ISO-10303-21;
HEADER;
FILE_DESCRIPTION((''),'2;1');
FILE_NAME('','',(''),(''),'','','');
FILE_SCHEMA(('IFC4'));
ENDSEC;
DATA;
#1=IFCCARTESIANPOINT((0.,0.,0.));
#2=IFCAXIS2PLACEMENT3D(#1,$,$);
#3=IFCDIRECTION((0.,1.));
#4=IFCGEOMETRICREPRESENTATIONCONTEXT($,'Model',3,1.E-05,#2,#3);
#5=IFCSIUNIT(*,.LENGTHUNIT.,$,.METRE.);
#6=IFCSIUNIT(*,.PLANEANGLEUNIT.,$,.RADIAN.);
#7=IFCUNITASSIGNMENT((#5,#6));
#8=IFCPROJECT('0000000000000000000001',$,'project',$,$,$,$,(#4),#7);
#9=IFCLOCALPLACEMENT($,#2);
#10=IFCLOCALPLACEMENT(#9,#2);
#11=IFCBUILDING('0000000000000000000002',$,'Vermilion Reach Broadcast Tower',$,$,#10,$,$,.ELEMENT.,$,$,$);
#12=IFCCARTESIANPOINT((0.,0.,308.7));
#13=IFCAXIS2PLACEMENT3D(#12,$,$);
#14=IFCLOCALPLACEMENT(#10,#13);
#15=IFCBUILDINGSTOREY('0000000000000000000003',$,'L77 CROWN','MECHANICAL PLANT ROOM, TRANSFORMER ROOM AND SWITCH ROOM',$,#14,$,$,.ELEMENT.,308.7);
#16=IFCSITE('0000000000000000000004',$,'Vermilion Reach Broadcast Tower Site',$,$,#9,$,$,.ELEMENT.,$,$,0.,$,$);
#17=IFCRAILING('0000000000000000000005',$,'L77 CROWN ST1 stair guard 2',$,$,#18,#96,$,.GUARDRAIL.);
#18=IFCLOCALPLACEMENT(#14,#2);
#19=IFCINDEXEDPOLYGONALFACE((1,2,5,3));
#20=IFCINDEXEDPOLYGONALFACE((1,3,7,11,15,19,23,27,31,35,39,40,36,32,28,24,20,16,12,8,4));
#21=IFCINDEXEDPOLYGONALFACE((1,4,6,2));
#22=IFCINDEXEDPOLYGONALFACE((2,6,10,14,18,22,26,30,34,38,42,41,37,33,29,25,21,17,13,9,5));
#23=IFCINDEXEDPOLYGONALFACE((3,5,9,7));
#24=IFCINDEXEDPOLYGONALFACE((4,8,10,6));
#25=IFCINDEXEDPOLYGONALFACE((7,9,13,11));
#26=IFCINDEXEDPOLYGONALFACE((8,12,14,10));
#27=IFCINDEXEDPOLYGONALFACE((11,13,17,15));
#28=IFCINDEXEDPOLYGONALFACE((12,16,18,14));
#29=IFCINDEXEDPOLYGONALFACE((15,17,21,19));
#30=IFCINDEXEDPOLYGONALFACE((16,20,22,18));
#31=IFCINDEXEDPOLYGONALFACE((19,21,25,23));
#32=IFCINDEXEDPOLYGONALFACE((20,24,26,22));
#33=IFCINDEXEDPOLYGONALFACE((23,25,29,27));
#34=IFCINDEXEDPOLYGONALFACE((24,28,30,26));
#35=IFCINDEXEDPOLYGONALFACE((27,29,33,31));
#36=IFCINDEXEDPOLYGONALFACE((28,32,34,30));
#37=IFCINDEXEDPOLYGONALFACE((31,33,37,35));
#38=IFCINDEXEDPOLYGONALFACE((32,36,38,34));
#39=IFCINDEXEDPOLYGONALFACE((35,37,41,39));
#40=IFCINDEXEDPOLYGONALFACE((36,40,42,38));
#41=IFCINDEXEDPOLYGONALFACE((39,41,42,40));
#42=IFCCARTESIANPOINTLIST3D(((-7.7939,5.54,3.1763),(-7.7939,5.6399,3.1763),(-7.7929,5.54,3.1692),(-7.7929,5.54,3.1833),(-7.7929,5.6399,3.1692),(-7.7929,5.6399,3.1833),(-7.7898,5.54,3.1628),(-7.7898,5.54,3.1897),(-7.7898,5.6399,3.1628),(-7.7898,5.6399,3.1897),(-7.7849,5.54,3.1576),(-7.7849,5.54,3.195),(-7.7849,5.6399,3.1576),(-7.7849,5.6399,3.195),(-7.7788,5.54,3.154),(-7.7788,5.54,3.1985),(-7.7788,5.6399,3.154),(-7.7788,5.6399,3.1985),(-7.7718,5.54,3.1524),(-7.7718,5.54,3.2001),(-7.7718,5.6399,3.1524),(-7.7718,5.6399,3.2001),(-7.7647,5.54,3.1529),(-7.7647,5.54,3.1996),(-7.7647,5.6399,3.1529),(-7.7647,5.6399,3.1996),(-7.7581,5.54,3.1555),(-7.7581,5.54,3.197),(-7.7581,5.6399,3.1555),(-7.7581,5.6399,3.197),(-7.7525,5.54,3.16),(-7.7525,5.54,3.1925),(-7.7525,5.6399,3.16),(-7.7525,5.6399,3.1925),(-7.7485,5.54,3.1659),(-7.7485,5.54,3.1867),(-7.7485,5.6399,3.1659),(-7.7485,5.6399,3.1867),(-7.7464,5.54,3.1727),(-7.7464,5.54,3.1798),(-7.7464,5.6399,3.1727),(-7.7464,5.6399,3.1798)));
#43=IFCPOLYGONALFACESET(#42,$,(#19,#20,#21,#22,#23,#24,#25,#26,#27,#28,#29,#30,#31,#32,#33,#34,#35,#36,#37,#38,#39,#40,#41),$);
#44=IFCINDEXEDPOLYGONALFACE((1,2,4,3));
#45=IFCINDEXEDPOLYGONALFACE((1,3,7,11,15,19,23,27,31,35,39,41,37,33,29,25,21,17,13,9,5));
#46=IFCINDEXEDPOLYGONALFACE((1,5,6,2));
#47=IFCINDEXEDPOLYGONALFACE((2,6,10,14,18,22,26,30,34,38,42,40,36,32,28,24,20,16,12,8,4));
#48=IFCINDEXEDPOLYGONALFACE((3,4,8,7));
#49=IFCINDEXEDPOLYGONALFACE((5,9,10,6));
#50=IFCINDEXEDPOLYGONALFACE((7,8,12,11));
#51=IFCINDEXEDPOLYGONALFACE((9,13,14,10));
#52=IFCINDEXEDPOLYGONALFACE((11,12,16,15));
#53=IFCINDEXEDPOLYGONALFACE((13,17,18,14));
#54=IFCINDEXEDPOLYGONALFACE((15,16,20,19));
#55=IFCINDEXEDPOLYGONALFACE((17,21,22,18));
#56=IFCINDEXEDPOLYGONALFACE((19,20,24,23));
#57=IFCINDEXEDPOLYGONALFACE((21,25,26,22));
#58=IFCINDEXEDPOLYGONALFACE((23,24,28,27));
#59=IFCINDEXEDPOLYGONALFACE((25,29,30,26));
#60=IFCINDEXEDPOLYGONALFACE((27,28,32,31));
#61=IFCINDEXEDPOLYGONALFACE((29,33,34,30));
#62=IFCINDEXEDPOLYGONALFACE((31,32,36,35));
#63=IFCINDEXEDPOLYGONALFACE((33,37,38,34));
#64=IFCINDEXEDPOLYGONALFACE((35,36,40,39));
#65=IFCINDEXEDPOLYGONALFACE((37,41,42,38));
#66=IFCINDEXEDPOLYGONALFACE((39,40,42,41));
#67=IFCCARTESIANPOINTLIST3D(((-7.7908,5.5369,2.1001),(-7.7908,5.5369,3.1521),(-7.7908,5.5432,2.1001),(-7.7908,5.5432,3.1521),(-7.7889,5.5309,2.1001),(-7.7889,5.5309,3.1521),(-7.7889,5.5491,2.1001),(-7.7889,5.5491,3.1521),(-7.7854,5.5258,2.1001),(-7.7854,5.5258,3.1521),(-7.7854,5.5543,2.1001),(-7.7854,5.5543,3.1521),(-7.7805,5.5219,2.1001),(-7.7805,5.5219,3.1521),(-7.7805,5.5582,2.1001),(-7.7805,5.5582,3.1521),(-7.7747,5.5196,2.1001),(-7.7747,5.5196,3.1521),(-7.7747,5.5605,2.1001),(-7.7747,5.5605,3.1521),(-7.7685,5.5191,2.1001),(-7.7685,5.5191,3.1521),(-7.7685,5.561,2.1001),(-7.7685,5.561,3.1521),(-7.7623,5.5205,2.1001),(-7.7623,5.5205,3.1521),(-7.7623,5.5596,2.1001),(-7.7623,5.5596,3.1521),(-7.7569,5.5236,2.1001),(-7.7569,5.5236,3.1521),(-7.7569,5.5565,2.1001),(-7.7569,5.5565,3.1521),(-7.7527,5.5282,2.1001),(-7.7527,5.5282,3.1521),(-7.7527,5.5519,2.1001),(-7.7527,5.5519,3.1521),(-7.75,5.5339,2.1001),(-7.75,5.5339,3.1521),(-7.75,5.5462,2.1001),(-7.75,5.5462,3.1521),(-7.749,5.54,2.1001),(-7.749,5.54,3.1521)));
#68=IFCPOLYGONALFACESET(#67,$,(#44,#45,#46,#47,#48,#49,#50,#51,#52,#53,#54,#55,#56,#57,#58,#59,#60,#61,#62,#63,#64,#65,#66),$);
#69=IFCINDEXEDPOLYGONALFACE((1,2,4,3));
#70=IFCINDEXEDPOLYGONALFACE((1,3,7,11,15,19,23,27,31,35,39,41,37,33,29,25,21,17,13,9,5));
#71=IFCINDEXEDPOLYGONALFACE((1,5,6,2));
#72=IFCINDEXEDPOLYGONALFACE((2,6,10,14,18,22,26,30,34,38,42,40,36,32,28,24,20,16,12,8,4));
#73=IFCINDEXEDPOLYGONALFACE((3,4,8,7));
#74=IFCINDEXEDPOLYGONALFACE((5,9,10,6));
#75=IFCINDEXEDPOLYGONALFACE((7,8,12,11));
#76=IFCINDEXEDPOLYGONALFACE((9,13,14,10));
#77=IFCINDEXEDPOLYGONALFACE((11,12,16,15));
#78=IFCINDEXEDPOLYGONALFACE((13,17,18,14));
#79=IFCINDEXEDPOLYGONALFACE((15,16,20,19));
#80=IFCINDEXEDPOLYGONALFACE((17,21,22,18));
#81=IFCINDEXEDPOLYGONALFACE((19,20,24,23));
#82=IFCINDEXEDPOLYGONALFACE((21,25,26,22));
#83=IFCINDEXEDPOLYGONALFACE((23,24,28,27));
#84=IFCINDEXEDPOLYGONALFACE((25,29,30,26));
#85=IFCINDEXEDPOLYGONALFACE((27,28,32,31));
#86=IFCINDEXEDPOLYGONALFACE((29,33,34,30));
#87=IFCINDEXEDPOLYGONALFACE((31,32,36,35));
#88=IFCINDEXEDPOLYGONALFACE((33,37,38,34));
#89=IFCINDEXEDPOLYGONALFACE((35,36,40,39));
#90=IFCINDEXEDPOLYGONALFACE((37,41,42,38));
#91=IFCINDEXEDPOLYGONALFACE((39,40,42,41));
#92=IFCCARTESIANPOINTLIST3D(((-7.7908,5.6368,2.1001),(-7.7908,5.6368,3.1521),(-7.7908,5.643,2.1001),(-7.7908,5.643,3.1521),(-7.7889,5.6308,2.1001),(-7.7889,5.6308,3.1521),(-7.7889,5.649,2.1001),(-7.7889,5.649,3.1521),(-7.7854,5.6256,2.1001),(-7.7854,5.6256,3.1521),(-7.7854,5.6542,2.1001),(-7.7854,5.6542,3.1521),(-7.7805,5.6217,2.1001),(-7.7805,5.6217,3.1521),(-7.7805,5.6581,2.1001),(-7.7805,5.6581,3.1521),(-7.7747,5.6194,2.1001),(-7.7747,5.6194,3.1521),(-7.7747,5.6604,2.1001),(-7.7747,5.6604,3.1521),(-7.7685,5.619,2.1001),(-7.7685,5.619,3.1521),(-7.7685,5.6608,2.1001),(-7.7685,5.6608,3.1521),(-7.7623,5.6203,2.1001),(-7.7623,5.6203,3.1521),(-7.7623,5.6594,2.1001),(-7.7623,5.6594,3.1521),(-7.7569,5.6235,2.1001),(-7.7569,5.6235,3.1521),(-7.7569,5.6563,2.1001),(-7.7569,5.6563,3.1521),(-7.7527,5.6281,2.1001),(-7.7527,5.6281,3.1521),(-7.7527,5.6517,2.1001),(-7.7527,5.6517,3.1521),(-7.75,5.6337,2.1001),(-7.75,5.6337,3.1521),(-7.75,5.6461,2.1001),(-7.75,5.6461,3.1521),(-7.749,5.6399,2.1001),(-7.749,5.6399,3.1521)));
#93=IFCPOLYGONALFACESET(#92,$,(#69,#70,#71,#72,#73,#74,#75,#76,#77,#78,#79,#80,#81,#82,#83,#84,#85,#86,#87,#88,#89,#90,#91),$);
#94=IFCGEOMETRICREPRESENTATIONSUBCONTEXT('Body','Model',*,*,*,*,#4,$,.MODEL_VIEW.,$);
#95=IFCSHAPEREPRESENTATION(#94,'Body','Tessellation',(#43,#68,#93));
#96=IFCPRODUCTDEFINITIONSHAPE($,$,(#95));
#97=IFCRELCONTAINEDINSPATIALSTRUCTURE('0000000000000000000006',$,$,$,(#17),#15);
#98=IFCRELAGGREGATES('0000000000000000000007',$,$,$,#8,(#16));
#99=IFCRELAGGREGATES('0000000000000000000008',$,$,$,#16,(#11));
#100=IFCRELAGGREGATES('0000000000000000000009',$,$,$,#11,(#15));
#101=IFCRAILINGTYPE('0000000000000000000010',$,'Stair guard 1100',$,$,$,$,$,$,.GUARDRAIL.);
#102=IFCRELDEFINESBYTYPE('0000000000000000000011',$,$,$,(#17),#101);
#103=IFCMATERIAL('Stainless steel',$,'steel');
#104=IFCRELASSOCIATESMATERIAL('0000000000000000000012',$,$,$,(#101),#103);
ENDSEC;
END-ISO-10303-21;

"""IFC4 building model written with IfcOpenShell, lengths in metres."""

from ifc_helpers import new_model, si_unit, direction, frame, origin, origin_2d, place, context, subcontext, project, spatial, circle, extrude, material, type_object, element, save


model = new_model("IFC4")

# Units and contexts
model_context = context("Model", 3, precision=1e-05, world=origin(), true_north=direction((0.0, 1.0)))
body_context = subcontext(model_context, "Body", "Model", "MODEL_VIEW")
ifc_project = project(units=[si_unit("LENGTHUNIT", "METRE"), si_unit("PLANEANGLEUNIT", "RADIAN")], contexts=[model_context])

# Site, building, storey
site_placement = place(None, origin())
site = spatial("IfcSite", under=ifc_project, at=site_placement, Name="Vermilion Reach Broadcast Tower Site", CompositionType="ELEMENT", RefElevation=0.0)
building_placement = place(site_placement, origin())
building = spatial("IfcBuilding", under=site, at=building_placement, Name="Vermilion Reach Broadcast Tower", CompositionType="ELEMENT")
storey_placement = place(building_placement, frame((0.0, 0.0, 308.7)))
storey = spatial("IfcBuildingStorey", under=building, at=storey_placement, Name="L77 CROWN", Description="MECHANICAL PLANT ROOM, TRANSFORMER ROOM AND SWITCH ROOM", CompositionType="ELEMENT", Elevation=308.7)

# Railing
ifc_material_1 = material(Name="Stainless steel", Category="steel")
railing_type_1 = type_object("IfcRailingType", Name="Stair guard 1100", PredefinedType="GUARDRAIL", material=ifc_material_1)
railing_1_placement = place(storey_placement, frame((-7.77, 5.54, 2.1001)))
element("IfcRailing", 1, at=railing_1_placement, inside=storey, type_object=railing_type_1, Name="L77 CROWN ST1 stair guard 2", PredefinedType="GUARDRAIL", context=body_context, shape_type="SweptSolid", body=[
    extrude(circle(Radius=0.0239, at=origin_2d()), frame((0.0, 0.0, 1.0762), z_axis=(0.0, 1.0, 0.0), x_axis=(-1.0, 0.0, 0.0)), (0.0, 0.0, 1.0), 0.0999),
    extrude(circle(Radius=0.021, at=origin_2d()), origin(), (0.0, 0.0, 1.0), 1.052),
    extrude(circle(Radius=0.021, at=origin_2d()), frame((0.0, 0.0999, 0.0)), (0.0, 0.0, 1.0), 1.052),
])

save(model, "model.ifc")
